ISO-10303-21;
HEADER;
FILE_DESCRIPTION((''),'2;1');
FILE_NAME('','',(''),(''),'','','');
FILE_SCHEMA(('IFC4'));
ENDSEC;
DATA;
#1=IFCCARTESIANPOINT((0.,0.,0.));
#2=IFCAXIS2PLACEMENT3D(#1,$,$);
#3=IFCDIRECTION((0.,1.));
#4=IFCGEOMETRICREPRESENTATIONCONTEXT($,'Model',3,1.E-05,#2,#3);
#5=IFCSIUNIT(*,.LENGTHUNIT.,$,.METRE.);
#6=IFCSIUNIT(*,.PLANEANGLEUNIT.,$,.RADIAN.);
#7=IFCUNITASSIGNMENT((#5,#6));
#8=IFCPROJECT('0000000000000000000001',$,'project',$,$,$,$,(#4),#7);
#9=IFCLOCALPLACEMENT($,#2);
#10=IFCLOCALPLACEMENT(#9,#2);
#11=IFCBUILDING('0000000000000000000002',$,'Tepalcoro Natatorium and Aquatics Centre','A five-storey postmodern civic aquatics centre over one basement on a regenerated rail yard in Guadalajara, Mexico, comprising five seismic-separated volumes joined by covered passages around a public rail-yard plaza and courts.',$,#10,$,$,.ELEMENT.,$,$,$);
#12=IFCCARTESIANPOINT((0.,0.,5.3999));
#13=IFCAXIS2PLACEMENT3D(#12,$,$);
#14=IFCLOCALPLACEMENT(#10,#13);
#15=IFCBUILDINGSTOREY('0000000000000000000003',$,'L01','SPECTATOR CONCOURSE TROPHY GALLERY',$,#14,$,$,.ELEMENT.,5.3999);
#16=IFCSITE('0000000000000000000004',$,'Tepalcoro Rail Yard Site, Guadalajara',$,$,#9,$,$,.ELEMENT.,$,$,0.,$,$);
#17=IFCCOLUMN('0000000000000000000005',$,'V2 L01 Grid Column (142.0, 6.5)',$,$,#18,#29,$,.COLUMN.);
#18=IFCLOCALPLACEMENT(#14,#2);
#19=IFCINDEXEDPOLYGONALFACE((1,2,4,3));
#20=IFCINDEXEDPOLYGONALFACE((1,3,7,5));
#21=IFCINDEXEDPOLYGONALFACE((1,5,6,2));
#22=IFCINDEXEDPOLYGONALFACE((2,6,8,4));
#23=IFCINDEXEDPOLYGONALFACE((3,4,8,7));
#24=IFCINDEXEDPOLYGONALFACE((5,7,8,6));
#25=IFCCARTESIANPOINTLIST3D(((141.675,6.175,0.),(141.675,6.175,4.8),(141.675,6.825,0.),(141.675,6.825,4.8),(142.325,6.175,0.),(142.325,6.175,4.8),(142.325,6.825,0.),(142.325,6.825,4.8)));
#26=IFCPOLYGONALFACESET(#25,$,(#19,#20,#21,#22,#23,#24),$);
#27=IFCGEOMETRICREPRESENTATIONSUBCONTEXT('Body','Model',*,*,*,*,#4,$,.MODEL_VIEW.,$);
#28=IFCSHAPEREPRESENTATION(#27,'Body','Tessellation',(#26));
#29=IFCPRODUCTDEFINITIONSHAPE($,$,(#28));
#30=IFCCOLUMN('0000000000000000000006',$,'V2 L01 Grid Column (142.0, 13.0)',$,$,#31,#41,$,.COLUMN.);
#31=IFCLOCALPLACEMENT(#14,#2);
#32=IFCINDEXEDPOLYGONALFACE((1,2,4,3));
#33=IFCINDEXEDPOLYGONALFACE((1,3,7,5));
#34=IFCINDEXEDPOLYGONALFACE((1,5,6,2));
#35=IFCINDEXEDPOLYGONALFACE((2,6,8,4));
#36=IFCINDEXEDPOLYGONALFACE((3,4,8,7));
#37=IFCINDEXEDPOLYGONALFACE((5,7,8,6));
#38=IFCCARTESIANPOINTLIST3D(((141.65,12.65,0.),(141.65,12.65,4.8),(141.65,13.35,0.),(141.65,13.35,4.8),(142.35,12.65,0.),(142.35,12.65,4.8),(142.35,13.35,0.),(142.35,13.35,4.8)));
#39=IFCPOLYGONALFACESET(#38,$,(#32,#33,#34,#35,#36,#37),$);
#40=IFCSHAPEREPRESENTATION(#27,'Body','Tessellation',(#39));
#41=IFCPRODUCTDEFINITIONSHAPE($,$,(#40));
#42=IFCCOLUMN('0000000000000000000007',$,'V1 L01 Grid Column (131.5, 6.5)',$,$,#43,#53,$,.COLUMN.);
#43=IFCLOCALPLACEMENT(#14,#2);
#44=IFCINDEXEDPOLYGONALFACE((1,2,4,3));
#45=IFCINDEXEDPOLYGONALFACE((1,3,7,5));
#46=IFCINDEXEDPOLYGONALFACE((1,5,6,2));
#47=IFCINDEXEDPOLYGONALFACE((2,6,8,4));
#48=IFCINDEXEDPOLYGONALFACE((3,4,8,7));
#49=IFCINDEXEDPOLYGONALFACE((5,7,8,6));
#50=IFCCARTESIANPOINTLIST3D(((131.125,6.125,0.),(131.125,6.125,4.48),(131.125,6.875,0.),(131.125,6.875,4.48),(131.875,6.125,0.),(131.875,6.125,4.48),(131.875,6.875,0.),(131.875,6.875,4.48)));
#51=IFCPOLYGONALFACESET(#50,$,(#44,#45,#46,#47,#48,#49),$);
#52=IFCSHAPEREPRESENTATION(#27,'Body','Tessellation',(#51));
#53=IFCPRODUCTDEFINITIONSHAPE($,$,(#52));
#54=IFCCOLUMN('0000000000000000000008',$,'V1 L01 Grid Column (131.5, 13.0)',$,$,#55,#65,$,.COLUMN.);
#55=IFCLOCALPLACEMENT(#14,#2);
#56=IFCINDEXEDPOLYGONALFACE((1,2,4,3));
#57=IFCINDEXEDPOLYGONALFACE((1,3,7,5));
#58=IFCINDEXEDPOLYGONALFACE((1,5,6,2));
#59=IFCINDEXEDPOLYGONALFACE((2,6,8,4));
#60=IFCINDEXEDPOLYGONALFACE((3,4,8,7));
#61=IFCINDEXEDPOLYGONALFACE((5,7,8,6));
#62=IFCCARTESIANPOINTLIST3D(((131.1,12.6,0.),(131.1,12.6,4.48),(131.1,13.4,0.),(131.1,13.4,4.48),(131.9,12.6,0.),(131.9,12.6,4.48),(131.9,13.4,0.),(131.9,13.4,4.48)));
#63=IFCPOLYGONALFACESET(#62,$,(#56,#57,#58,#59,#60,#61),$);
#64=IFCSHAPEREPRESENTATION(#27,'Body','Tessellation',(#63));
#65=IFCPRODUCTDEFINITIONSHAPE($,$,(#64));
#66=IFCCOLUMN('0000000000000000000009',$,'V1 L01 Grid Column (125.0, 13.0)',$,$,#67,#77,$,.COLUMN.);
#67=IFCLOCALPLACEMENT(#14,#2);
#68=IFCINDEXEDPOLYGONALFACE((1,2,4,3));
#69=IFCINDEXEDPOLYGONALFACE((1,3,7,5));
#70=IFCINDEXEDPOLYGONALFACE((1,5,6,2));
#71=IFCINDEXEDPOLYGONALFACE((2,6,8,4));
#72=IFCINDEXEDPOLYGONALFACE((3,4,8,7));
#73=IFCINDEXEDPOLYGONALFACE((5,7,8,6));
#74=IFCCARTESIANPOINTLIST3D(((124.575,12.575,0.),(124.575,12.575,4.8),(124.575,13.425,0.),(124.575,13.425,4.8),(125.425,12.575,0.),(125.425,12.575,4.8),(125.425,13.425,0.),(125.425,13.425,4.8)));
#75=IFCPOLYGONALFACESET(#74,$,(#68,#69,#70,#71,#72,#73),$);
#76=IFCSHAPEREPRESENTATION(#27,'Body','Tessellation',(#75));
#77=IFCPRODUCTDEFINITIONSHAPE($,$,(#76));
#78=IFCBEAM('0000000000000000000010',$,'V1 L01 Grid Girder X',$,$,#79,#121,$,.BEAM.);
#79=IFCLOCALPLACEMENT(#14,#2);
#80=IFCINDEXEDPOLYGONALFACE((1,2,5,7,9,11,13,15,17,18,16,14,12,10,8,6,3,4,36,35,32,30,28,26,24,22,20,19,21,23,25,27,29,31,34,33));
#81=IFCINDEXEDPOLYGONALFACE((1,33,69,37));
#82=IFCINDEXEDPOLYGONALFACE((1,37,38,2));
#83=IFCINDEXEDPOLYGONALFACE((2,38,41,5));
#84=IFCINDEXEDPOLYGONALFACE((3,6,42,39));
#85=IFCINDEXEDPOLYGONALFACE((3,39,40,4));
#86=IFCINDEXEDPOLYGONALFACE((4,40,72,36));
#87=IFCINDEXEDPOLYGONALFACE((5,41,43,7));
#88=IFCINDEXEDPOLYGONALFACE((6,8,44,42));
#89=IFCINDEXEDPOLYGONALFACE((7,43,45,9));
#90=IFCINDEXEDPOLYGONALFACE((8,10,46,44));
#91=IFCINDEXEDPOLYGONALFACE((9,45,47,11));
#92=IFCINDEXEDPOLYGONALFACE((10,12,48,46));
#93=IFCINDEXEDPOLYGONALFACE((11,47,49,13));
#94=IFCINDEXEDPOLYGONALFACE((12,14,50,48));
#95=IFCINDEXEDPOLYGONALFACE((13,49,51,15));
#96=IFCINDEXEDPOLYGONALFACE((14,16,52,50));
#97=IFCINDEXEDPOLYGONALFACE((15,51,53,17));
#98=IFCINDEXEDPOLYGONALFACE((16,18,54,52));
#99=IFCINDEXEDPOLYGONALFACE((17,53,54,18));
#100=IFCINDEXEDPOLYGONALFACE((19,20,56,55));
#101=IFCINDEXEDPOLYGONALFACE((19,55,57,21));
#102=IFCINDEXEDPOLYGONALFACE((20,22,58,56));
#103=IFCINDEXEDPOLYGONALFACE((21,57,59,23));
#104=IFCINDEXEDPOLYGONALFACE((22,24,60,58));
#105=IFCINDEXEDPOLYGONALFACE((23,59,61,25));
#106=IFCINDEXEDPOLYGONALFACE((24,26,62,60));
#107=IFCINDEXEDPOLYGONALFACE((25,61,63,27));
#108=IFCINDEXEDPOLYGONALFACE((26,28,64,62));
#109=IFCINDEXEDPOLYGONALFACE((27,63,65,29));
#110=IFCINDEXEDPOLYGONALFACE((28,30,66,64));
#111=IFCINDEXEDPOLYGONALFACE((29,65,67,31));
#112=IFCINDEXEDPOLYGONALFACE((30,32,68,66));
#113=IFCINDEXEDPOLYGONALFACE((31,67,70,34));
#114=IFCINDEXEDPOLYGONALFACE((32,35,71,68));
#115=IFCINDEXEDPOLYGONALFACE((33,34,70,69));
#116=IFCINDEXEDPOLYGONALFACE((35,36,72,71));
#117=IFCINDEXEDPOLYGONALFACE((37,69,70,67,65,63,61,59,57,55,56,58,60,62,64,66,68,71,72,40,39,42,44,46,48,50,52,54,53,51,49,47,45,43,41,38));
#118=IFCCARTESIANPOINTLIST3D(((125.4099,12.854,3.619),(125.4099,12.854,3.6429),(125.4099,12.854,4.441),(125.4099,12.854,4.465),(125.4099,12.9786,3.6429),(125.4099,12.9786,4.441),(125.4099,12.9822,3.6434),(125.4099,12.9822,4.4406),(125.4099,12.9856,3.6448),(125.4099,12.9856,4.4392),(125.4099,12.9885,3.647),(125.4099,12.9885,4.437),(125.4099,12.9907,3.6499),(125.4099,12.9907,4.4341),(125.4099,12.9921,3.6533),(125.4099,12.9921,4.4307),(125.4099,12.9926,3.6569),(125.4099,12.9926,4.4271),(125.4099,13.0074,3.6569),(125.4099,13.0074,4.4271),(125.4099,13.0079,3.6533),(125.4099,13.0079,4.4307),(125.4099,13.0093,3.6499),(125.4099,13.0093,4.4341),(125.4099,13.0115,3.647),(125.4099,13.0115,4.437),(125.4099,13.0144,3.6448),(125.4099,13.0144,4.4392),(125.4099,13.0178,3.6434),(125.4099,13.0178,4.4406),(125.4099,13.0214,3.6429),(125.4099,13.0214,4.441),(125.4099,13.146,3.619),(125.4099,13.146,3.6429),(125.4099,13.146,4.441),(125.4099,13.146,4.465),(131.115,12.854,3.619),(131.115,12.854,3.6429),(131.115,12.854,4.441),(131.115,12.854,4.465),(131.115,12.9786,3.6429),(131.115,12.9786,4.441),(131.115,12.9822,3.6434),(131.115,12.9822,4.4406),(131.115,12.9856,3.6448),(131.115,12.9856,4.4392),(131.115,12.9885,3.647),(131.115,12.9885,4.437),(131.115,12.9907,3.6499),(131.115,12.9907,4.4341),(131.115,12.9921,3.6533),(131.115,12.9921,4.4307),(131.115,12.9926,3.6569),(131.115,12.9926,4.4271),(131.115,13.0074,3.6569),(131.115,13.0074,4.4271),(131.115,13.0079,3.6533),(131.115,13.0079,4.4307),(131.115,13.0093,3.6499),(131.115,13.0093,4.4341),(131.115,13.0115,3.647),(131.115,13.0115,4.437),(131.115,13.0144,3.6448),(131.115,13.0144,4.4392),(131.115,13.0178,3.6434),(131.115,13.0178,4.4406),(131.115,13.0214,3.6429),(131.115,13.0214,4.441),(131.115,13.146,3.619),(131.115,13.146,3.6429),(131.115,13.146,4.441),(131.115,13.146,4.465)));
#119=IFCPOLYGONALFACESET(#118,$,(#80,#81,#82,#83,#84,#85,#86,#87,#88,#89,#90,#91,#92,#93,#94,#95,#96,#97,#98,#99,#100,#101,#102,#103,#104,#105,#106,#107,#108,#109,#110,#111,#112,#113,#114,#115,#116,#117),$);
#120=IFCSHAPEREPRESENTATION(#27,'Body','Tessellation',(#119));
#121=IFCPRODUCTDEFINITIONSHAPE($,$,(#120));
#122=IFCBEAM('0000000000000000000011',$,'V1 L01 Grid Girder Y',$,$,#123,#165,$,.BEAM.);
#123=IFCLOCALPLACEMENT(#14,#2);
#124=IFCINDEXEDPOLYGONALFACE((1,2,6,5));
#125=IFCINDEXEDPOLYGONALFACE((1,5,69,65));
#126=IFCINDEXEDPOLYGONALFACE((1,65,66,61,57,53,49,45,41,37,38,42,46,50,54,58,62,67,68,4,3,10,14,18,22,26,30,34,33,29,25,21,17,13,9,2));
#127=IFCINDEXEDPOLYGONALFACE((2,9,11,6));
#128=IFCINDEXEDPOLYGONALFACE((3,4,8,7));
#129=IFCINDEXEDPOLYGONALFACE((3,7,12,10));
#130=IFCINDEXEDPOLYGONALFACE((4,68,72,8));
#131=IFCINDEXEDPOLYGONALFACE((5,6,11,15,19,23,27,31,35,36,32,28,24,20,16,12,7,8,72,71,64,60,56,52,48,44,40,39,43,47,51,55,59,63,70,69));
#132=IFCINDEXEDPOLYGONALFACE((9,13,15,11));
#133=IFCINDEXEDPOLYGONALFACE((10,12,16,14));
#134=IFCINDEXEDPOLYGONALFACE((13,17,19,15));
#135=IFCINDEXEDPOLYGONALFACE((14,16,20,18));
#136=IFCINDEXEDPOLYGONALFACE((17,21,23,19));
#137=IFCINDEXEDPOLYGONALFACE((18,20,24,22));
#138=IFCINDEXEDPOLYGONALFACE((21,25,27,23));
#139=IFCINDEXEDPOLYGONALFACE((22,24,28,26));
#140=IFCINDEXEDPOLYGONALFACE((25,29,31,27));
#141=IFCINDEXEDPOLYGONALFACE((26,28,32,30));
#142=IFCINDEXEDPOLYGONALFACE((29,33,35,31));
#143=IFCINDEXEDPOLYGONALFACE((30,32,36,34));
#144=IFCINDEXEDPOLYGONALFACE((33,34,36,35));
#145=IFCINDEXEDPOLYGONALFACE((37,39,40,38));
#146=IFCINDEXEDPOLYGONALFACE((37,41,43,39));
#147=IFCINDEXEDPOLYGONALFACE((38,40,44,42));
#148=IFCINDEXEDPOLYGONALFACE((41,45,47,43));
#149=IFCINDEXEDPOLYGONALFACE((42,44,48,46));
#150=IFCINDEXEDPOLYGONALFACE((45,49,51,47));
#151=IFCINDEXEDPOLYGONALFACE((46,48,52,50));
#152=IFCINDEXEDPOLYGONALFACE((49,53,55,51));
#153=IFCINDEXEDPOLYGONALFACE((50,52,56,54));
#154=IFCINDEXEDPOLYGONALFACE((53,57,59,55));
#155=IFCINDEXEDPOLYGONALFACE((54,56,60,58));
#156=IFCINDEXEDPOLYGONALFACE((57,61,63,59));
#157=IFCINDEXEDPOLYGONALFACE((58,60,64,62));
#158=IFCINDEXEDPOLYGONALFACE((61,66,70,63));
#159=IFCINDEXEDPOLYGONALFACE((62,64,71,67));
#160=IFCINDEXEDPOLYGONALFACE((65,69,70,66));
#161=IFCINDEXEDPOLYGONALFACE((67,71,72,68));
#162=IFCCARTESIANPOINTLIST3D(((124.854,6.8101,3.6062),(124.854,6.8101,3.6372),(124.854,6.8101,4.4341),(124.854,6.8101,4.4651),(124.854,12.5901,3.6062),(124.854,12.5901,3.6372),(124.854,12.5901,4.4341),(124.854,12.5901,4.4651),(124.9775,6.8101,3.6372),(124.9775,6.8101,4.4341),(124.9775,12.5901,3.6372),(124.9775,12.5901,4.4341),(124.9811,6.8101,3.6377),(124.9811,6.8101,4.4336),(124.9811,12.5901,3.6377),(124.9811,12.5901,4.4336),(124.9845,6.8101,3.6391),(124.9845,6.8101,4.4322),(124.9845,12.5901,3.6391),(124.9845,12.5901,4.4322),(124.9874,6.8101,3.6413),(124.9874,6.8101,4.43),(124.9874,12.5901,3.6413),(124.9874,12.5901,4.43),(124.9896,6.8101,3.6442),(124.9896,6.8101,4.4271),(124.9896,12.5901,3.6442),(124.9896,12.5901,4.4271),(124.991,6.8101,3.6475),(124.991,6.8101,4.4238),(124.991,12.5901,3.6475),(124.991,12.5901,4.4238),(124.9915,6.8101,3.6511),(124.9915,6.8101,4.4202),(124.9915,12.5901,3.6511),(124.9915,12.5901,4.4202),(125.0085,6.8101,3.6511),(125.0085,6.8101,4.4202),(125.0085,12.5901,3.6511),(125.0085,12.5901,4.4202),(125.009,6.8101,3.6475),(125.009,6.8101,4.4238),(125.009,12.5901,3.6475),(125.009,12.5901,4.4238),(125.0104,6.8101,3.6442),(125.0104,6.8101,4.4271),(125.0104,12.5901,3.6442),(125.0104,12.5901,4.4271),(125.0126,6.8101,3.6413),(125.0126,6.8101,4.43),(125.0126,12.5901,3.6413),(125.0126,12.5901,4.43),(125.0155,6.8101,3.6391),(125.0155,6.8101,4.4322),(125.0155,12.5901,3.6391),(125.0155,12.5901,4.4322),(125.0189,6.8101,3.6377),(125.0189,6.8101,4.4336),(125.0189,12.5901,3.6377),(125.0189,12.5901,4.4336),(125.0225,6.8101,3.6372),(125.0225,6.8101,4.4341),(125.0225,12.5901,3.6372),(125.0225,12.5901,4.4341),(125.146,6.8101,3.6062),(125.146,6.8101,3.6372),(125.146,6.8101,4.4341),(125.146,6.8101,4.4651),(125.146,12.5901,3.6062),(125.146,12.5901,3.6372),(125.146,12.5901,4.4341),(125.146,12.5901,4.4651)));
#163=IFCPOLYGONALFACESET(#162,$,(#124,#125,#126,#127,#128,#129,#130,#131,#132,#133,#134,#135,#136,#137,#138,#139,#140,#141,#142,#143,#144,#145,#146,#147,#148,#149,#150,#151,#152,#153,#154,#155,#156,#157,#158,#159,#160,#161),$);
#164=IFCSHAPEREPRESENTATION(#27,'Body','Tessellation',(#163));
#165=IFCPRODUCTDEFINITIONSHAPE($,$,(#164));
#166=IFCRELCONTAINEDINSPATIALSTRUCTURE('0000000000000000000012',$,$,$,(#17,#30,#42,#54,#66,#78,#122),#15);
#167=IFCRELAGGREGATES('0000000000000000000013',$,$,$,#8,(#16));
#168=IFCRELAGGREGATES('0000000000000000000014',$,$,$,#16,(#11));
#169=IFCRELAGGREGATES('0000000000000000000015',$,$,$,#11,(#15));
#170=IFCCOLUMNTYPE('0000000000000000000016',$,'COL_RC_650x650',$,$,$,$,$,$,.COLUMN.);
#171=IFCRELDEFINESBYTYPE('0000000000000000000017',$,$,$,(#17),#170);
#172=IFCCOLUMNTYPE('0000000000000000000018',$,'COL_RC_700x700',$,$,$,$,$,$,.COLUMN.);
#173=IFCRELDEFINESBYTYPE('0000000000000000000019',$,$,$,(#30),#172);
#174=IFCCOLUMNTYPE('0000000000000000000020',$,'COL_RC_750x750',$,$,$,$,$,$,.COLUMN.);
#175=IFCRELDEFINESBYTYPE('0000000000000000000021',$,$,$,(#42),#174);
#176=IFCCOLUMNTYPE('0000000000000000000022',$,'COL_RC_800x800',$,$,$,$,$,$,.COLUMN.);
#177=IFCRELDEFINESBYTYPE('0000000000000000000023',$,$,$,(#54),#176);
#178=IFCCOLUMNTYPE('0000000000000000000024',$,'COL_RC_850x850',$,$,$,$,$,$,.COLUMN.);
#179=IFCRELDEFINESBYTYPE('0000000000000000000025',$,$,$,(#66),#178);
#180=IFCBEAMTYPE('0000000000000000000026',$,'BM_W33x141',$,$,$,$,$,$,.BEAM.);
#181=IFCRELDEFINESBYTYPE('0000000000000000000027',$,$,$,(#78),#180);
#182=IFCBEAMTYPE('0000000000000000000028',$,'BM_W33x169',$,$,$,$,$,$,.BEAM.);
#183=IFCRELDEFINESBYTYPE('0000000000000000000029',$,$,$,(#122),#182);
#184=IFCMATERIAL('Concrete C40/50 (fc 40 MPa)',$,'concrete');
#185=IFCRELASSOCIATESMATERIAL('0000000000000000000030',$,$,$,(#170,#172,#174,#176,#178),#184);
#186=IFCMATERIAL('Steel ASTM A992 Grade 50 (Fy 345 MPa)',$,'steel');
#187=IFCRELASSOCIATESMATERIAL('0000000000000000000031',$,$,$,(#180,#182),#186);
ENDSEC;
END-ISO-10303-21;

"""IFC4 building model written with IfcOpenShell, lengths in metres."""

from ifc_helpers import new_model, si_unit, direction, frame, origin, origin_2d, place, context, subcontext, project, spatial, rectangle, i_section, extrude, material, material_profile, profile_set, type_object, element, save


model = new_model("IFC4")

# Units and contexts
model_context = context("Model", 3, precision=1e-05, world=origin(), true_north=direction((0.0, 1.0)))
body_context = subcontext(model_context, "Body", "Model", "MODEL_VIEW")
ifc_project = project(units=[si_unit("LENGTHUNIT", "METRE"), si_unit("PLANEANGLEUNIT", "RADIAN")], contexts=[model_context])

# Site, building, storey
site_placement = place(None, origin())
site = spatial("IfcSite", under=ifc_project, at=site_placement, Name="Tepalcoro Rail Yard Site, Guadalajara", CompositionType="ELEMENT", RefElevation=0.0)
building_placement = place(site_placement, origin())
building = spatial("IfcBuilding", under=site, at=building_placement, Name="Tepalcoro Natatorium and Aquatics Centre", Description="A five-storey postmodern civic aquatics centre over one basement on a regenerated rail yard in Guadalajara, Mexico, comprising five seismic-separated volumes joined by covered passages around a public rail-yard plaza and courts.", CompositionType="ELEMENT")
storey_placement = place(building_placement, frame((0.0, 0.0, 5.3999)))
storey = spatial("IfcBuildingStorey", under=building, at=storey_placement, Name="L01", Description="SPECTATOR CONCOURSE TROPHY GALLERY", CompositionType="ELEMENT", Elevation=5.3999)

# Columns
ifc_material_1 = material(Name="Concrete C40/50 (fc 40 MPa)", Category="concrete")
ifc_material_profile_1 = material_profile(ifc_material_1, rectangle(XDim=0.6499, YDim=0.6499, at=origin_2d()), Name="RC650x650")
ifc_profile_set_1 = profile_set([ifc_material_profile_1], Name="Concrete C40/50 (fc 40 MPa)")
column_type_1 = type_object("IfcColumnType", Name="COL_RC_650x650", PredefinedType="COLUMN", material=ifc_profile_set_1)
column_1_placement = place(storey_placement, frame((142.0, 6.5, 0.0), z_axis=(0.0, 0.0, 1.0), x_axis=(1.0, 0.0, 0.0)))
element("IfcColumn", 1, at=column_1_placement, inside=storey, type_object=column_type_1, Name="V2 L01 Grid Column (142.0, 6.5)", PredefinedType="COLUMN", context=body_context, shape_type="SweptSolid", body=[
    extrude(rectangle(XDim=0.6499, YDim=0.6499, at=origin_2d()), origin(), (0.0, 0.0, 1.0), 4.8),
])
ifc_material_profile_2 = material_profile(ifc_material_1, rectangle(XDim=0.7, YDim=0.7, at=origin_2d()), Name="RC700x700")
ifc_profile_set_2 = profile_set([ifc_material_profile_2], Name="Concrete C40/50 (fc 40 MPa)")
column_type_2 = type_object("IfcColumnType", Name="COL_RC_700x700", PredefinedType="COLUMN", material=ifc_profile_set_2)
column_2_placement = place(storey_placement, frame((142.0, 13.0, 0.0), z_axis=(0.0, 0.0, 1.0), x_axis=(1.0, 0.0, 0.0)))
element("IfcColumn", 2, at=column_2_placement, inside=storey, type_object=column_type_2, Name="V2 L01 Grid Column (142.0, 13.0)", PredefinedType="COLUMN", context=body_context, shape_type="SweptSolid", body=[
    extrude(rectangle(XDim=0.7, YDim=0.7, at=origin_2d()), origin(), (0.0, 0.0, 1.0), 4.8),
])
ifc_material_profile_3 = material_profile(ifc_material_1, rectangle(XDim=0.75, YDim=0.75, at=origin_2d()), Name="RC750x750")
ifc_profile_set_3 = profile_set([ifc_material_profile_3], Name="Concrete C40/50 (fc 40 MPa)")
column_type_3 = type_object("IfcColumnType", Name="COL_RC_750x750", PredefinedType="COLUMN", material=ifc_profile_set_3)
column_3_placement = place(storey_placement, frame((131.5, 6.5, 0.0), z_axis=(0.0, 0.0, 1.0), x_axis=(1.0, 0.0, 0.0)))
element("IfcColumn", 3, at=column_3_placement, inside=storey, type_object=column_type_3, Name="V1 L01 Grid Column (131.5, 6.5)", PredefinedType="COLUMN", context=body_context, shape_type="SweptSolid", body=[
    extrude(rectangle(XDim=0.75, YDim=0.75, at=origin_2d()), origin(), (0.0, 0.0, 1.0), 4.48),
])
ifc_material_profile_4 = material_profile(ifc_material_1, rectangle(XDim=0.8, YDim=0.8, at=origin_2d()), Name="RC800x800")
ifc_profile_set_4 = profile_set([ifc_material_profile_4], Name="Concrete C40/50 (fc 40 MPa)")
column_type_4 = type_object("IfcColumnType", Name="COL_RC_800x800", PredefinedType="COLUMN", material=ifc_profile_set_4)
column_4_placement = place(storey_placement, frame((131.5, 13.0, 0.0), z_axis=(0.0, 0.0, 1.0), x_axis=(1.0, 0.0, 0.0)))
element("IfcColumn", 4, at=column_4_placement, inside=storey, type_object=column_type_4, Name="V1 L01 Grid Column (131.5, 13.0)", PredefinedType="COLUMN", context=body_context, shape_type="SweptSolid", body=[
    extrude(rectangle(XDim=0.8, YDim=0.8, at=origin_2d()), origin(), (0.0, 0.0, 1.0), 4.48),
])
ifc_material_profile_5 = material_profile(ifc_material_1, rectangle(XDim=0.8501, YDim=0.8501, at=origin_2d()), Name="RC850x850")
ifc_profile_set_5 = profile_set([ifc_material_profile_5], Name="Concrete C40/50 (fc 40 MPa)")
column_type_5 = type_object("IfcColumnType", Name="COL_RC_850x850", PredefinedType="COLUMN", material=ifc_profile_set_5)
column_5_placement = place(storey_placement, frame((125.0, 13.0, 0.0), z_axis=(0.0, 0.0, 1.0), x_axis=(1.0, 0.0, 0.0)))
element("IfcColumn", 5, at=column_5_placement, inside=storey, type_object=column_type_5, Name="V1 L01 Grid Column (125.0, 13.0)", PredefinedType="COLUMN", context=body_context, shape_type="SweptSolid", body=[
    extrude(rectangle(XDim=0.8501, YDim=0.8501, at=origin_2d()), origin(), (0.0, 0.0, 1.0), 4.8),
])

# Beams
ifc_material_2 = material(Name="Steel ASTM A992 Grade 50 (Fy 345 MPa)", Category="steel")
ifc_material_profile_6 = material_profile(ifc_material_2, i_section(OverallWidth=0.292, OverallDepth=0.8459, WebThickness=0.0149, FlangeThickness=0.0239, FilletRadius=0.0139, at=origin_2d()), Name="W33X141")
ifc_profile_set_6 = profile_set([ifc_material_profile_6], Name="Steel ASTM A992 Grade 50 (Fy 345 MPa)")
beam_type_1 = type_object("IfcBeamType", Name="BM_W33x141", PredefinedType="BEAM", material=ifc_profile_set_6)
beam_1_placement = place(storey_placement, frame((125.4099, 13.0, 4.042), z_axis=(1.0, 0.0, 0.0), x_axis=(0.0, 1.0, 0.0)))
element("IfcBeam", 6, at=beam_1_placement, inside=storey, type_object=beam_type_1, Name="V1 L01 Grid Girder X", PredefinedType="BEAM", context=body_context, shape_type="SweptSolid", body=[
    extrude(i_section(OverallWidth=0.292, OverallDepth=0.8459, WebThickness=0.0149, FlangeThickness=0.0239, FilletRadius=0.0139, at=origin_2d()), origin(), (0.0, 0.0, 1.0), 5.7051),
])
ifc_material_profile_7 = material_profile(ifc_material_2, i_section(OverallWidth=0.292, OverallDepth=0.8589, WebThickness=0.0171, FlangeThickness=0.031, FilletRadius=0.0139, at=origin_2d()), Name="W33X169")
ifc_profile_set_7 = profile_set([ifc_material_profile_7], Name="Steel ASTM A992 Grade 50 (Fy 345 MPa)")
beam_type_2 = type_object("IfcBeamType", Name="BM_W33x169", PredefinedType="BEAM", material=ifc_profile_set_7)
beam_2_placement = place(storey_placement, frame((125.0, 6.8101, 4.0356), z_axis=(0.0, 1.0, 0.0), x_axis=(-1.0, 0.0, 0.0)))
element("IfcBeam", 7, at=beam_2_placement, inside=storey, type_object=beam_type_2, Name="V1 L01 Grid Girder Y", PredefinedType="BEAM", context=body_context, shape_type="SweptSolid", body=[
    extrude(i_section(OverallWidth=0.292, OverallDepth=0.8589, WebThickness=0.0171, FlangeThickness=0.031, FilletRadius=0.0139, at=origin_2d()), origin(), (0.0, 0.0, 1.0), 5.78),
])

save(model, "model.ifc")
